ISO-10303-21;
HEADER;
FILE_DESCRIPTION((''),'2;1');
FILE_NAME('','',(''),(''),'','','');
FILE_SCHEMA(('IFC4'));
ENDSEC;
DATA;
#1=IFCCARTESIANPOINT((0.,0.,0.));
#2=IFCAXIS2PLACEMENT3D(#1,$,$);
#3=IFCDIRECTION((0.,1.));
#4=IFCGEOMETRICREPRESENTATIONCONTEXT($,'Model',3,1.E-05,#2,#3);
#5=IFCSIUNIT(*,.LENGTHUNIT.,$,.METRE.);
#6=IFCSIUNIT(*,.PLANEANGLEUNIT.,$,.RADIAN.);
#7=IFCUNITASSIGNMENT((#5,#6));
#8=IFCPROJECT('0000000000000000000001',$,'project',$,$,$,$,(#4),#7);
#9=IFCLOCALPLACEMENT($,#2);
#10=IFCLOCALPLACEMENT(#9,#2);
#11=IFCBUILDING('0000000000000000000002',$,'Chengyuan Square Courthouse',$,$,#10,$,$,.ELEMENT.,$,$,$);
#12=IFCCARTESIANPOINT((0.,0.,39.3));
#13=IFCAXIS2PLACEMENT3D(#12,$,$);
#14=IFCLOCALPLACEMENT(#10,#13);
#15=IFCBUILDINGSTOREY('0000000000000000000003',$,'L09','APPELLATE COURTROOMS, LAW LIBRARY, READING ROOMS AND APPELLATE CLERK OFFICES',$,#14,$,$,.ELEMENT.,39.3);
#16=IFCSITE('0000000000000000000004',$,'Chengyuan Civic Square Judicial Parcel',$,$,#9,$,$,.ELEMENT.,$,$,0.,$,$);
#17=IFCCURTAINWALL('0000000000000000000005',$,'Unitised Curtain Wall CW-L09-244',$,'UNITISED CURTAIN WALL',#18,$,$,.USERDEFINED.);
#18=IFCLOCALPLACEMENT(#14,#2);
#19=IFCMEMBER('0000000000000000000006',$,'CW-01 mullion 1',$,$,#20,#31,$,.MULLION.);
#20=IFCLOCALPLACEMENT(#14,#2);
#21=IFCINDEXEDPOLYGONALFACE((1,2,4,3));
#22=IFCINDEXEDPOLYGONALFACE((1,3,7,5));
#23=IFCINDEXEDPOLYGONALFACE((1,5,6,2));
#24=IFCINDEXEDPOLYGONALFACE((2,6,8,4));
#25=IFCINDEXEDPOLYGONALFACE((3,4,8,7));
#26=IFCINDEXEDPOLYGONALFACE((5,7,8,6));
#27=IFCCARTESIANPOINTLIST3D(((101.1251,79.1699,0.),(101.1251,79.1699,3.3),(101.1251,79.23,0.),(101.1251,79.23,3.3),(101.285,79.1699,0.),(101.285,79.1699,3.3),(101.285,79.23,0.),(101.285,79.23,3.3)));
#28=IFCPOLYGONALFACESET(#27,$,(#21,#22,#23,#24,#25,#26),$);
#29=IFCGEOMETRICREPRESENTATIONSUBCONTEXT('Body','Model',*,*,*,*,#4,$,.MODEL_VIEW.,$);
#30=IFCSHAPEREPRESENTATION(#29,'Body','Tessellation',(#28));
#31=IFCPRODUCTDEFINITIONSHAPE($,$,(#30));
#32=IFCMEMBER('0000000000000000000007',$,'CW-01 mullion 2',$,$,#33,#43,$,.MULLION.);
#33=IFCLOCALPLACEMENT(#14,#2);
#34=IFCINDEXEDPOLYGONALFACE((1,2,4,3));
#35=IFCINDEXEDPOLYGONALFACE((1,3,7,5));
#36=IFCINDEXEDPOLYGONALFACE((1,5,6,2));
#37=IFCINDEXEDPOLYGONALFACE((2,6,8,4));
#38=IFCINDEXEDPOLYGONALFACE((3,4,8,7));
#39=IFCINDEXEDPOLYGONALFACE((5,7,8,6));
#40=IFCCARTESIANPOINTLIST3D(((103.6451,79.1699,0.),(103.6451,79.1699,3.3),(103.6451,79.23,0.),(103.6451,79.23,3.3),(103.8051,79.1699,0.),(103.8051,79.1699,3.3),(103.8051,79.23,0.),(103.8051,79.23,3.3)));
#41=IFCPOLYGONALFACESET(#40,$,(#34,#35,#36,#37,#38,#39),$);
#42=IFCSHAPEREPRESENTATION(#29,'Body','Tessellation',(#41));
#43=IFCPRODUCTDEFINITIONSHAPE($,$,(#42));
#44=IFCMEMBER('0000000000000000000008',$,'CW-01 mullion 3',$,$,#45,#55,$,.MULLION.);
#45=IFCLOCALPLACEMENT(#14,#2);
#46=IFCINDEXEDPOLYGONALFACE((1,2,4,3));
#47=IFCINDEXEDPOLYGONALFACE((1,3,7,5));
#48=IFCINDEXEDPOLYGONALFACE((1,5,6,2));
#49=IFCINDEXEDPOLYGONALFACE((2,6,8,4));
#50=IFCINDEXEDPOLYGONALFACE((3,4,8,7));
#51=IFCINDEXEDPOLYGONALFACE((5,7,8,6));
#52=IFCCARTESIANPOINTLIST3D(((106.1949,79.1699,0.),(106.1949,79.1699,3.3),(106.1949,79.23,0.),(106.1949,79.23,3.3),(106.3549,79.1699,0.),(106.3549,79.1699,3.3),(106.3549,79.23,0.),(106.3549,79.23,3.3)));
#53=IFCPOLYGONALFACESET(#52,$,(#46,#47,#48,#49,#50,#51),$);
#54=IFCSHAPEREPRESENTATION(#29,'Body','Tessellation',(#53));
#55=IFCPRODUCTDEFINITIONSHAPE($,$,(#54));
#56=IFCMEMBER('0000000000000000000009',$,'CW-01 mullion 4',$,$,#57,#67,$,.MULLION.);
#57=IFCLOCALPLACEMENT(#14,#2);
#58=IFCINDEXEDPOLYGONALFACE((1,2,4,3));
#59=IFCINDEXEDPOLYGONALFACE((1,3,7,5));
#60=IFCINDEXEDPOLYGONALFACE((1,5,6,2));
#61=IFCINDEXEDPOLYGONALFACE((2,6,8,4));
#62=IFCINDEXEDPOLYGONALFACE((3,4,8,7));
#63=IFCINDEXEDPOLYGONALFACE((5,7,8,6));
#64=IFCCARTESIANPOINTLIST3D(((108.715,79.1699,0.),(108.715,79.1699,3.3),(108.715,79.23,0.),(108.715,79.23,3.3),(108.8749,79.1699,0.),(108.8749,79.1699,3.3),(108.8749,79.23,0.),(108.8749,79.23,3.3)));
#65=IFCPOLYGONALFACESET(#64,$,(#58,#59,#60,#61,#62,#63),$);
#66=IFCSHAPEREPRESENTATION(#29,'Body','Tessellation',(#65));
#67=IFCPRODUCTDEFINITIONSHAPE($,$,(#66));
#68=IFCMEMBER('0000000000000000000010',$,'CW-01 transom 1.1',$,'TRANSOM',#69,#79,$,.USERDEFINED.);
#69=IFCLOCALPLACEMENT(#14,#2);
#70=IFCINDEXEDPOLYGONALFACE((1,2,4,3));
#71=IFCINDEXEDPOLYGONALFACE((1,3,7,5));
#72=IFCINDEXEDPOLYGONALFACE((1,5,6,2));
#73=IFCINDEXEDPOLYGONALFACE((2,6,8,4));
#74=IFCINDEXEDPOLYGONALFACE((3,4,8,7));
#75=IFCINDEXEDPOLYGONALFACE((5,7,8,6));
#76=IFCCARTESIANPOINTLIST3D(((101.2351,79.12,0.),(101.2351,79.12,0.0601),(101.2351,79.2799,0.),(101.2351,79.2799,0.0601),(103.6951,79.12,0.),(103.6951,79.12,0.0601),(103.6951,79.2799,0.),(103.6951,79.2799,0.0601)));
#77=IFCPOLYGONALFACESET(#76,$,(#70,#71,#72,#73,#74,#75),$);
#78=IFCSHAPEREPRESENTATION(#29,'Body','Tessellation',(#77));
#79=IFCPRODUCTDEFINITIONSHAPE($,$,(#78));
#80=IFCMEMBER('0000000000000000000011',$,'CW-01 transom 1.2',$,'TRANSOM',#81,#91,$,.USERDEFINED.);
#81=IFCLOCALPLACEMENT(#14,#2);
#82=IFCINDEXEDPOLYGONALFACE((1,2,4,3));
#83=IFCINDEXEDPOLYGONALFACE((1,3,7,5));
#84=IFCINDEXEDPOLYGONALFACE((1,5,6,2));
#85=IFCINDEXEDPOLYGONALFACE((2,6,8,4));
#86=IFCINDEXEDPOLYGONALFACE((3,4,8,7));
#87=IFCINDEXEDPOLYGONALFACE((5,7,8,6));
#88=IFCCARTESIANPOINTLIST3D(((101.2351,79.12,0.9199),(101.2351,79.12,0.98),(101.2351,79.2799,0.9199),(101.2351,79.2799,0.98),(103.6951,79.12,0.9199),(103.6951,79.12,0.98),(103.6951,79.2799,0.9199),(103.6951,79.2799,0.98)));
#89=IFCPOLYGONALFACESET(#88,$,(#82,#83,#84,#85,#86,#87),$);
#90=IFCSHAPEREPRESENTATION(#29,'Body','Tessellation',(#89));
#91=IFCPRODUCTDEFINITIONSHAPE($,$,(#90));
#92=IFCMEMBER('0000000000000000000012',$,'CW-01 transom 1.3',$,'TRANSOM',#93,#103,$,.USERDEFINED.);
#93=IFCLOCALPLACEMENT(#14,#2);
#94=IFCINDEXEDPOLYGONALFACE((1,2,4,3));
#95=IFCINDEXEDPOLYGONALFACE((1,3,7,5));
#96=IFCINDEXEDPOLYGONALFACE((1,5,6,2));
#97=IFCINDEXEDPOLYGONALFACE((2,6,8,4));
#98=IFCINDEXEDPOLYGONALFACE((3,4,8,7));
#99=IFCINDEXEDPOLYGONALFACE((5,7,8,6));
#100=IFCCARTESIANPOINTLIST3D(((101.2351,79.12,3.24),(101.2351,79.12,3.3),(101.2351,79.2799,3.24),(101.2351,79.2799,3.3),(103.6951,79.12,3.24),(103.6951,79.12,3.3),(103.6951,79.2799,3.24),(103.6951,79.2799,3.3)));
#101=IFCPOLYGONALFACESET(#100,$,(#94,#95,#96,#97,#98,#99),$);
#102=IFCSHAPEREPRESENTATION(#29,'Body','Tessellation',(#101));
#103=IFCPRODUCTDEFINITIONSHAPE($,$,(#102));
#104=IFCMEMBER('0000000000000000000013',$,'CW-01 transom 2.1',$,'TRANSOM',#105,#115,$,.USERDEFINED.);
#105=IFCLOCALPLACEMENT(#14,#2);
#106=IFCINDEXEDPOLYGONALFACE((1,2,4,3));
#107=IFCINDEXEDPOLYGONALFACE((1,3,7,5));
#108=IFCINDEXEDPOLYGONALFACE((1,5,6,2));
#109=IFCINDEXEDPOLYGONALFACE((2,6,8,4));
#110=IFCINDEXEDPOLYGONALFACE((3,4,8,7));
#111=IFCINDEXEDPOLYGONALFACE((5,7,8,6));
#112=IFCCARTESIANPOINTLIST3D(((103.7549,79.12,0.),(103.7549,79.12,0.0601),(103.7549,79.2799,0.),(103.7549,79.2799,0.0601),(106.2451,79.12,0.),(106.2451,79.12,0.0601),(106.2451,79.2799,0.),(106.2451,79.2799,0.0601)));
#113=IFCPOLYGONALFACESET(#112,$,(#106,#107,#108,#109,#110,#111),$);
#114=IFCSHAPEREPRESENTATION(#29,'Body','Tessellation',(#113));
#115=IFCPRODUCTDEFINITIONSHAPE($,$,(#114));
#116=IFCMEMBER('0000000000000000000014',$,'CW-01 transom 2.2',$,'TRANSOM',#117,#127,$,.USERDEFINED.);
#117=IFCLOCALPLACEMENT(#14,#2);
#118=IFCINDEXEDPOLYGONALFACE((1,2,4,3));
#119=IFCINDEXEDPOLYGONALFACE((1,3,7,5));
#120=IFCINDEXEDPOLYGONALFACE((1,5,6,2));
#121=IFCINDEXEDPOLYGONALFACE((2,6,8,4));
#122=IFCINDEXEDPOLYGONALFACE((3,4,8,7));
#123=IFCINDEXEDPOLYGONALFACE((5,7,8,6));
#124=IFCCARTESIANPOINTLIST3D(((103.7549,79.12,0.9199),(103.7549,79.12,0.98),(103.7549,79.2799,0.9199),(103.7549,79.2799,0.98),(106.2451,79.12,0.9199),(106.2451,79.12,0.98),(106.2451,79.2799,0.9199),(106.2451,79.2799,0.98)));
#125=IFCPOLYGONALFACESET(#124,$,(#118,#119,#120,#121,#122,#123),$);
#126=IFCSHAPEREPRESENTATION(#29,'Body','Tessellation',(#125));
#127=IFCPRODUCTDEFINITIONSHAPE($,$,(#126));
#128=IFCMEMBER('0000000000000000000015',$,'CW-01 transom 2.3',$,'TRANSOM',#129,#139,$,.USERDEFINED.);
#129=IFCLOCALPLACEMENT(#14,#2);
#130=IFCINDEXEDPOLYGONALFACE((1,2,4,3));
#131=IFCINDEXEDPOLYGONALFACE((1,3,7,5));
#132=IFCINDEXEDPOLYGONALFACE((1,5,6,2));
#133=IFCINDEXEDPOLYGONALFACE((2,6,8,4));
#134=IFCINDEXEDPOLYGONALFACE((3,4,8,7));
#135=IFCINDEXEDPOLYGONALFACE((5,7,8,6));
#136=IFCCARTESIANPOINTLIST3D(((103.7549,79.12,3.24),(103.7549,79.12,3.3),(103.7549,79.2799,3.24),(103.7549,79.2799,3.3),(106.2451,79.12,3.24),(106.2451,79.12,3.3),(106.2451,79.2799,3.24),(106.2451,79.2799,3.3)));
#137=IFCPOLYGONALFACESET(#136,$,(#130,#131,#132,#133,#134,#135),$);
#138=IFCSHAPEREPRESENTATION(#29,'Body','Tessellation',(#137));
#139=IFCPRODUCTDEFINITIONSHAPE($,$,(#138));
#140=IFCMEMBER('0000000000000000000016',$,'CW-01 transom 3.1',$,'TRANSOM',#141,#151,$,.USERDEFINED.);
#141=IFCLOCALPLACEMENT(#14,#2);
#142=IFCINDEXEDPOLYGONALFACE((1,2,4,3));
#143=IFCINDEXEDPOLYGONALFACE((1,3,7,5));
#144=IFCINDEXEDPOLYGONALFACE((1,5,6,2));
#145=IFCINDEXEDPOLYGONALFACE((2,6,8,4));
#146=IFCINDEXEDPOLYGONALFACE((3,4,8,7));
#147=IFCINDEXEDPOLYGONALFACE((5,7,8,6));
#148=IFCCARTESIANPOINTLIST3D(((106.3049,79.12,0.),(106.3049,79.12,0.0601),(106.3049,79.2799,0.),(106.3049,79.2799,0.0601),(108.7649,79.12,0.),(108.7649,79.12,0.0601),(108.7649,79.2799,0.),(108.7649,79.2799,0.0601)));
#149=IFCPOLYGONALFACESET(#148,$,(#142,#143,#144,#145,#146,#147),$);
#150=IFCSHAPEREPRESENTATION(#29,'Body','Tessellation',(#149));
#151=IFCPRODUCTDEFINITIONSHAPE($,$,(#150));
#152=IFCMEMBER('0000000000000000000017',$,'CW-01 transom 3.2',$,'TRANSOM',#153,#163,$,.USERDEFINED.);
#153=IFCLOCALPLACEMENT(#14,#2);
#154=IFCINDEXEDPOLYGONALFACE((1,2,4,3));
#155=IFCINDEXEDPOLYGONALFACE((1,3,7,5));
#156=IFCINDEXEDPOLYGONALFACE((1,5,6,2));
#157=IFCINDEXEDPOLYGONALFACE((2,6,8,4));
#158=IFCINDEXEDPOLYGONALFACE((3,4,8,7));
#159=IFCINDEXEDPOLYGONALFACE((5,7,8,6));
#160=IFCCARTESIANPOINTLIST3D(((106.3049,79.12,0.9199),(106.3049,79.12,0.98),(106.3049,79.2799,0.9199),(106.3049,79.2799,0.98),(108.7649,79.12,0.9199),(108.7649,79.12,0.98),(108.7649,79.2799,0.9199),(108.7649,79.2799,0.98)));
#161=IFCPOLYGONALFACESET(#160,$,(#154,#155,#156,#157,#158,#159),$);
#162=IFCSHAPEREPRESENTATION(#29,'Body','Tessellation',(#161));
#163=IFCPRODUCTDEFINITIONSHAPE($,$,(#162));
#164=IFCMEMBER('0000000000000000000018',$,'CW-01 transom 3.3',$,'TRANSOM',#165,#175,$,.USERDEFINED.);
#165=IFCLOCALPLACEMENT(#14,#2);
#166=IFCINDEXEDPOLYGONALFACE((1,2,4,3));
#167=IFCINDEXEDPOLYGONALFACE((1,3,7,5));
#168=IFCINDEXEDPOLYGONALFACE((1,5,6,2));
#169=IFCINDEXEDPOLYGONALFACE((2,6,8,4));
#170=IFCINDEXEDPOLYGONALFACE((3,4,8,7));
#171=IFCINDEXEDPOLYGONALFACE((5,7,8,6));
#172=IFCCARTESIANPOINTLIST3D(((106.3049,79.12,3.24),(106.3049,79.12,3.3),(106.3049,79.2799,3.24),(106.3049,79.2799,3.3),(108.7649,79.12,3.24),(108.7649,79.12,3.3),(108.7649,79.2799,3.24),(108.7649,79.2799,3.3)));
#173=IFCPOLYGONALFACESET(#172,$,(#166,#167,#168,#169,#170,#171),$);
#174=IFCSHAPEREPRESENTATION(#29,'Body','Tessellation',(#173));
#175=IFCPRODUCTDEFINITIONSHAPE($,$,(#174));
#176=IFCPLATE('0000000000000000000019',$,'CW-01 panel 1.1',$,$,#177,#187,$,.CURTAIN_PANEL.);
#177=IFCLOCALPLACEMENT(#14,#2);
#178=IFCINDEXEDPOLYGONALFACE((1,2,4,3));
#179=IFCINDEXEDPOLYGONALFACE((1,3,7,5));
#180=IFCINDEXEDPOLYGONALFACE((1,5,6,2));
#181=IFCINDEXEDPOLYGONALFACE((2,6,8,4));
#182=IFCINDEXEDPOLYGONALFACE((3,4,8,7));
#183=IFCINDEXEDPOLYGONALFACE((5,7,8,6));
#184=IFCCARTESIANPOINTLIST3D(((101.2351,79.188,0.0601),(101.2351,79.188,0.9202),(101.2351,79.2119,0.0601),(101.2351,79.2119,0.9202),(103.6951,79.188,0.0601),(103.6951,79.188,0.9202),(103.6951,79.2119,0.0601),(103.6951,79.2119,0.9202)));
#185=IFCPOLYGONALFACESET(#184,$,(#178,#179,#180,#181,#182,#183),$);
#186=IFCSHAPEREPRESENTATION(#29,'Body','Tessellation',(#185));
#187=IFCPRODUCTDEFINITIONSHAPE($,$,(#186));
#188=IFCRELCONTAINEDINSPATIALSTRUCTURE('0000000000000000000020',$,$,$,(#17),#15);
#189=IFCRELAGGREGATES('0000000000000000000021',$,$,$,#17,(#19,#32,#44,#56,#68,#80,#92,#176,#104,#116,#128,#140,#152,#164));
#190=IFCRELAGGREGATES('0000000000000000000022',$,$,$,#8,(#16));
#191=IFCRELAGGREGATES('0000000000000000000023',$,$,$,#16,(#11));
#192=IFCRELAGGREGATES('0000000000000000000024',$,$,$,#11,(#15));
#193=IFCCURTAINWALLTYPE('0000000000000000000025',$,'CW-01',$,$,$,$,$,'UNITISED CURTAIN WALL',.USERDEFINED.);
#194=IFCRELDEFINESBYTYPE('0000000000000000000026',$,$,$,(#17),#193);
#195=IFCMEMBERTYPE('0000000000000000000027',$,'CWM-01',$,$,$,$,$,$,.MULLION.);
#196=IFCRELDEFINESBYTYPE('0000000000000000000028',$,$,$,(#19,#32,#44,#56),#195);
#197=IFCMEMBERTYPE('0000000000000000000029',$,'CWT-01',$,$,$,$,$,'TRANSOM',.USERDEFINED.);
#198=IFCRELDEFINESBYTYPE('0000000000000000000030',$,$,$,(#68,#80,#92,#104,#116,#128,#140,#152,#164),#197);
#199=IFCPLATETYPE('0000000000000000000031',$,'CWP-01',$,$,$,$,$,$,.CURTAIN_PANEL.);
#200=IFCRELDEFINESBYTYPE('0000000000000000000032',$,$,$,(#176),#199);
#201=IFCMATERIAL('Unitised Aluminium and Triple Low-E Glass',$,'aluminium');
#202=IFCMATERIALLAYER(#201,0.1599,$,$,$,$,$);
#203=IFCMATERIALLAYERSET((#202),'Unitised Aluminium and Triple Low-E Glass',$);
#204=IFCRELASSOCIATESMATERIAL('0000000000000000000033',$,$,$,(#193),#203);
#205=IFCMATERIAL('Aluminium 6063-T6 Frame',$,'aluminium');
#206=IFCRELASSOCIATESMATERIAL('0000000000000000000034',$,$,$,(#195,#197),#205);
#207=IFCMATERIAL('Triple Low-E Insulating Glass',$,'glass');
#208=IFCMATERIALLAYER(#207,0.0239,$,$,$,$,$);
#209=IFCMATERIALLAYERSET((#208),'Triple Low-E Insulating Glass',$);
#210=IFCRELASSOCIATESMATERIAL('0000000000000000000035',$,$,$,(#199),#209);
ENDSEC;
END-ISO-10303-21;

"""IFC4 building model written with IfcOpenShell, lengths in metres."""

from ifc_helpers import new_model, si_unit, direction, frame, origin, origin_2d, place, context, subcontext, project, spatial, rectangle, extrude, material, layer, layer_set, material_profile, profile_set, type_object, element, aggregate, save


model = new_model("IFC4")

# Units and contexts
model_context = context("Model", 3, precision=1e-05, world=origin(), true_north=direction((0.0, 1.0)))
body_context = subcontext(model_context, "Body", "Model", "MODEL_VIEW")
ifc_project = project(units=[si_unit("LENGTHUNIT", "METRE"), si_unit("PLANEANGLEUNIT", "RADIAN")], contexts=[model_context])

# Site, building, storey
site_placement = place(None, origin())
site = spatial("IfcSite", under=ifc_project, at=site_placement, Name="Chengyuan Civic Square Judicial Parcel", CompositionType="ELEMENT", RefElevation=0.0)
building_placement = place(site_placement, origin())
building = spatial("IfcBuilding", under=site, at=building_placement, Name="Chengyuan Square Courthouse", CompositionType="ELEMENT")
storey_placement = place(building_placement, frame((0.0, 0.0, 39.3)))
storey = spatial("IfcBuildingStorey", under=building, at=storey_placement, Name="L09", Description="APPELLATE COURTROOMS, LAW LIBRARY, READING ROOMS AND APPELLATE CLERK OFFICES", CompositionType="ELEMENT", Elevation=39.3)

# Curtain wall, members, plate
ifc_material_1 = material(Name="Unitised Aluminium and Triple Low-E Glass", Category="aluminium")
ifc_layer_1 = layer(ifc_material_1, 0.1599)
ifc_layer_set_1 = layer_set([ifc_layer_1], Name="Unitised Aluminium and Triple Low-E Glass")
curtain_wall_type = type_object("IfcCurtainWallType", Name="CW-01", ElementType="UNITISED CURTAIN WALL", PredefinedType="USERDEFINED", material=ifc_layer_set_1)
curtain_wall_placement = place(storey_placement, origin())
curtain_wall = element("IfcCurtainWall", 1, at=curtain_wall_placement, inside=storey, type_object=curtain_wall_type, Name="Unitised Curtain Wall CW-L09-244", ObjectType="UNITISED CURTAIN WALL", PredefinedType="USERDEFINED")
ifc_material_2 = material(Name="Aluminium 6063-T6 Frame", Category="aluminium")
ifc_material_profile_1 = material_profile(ifc_material_2, rectangle(XDim=0.0601, YDim=0.1599, at=origin_2d()), Name="CW-MUL-60x160")
ifc_profile_set_1 = profile_set([ifc_material_profile_1], Name="Aluminium 6063-T6 Frame")
member_type_1 = type_object("IfcMemberType", Name="CWM-01", PredefinedType="MULLION", material=ifc_profile_set_1)
member_1_placement = place(storey_placement, frame((101.2051, 79.2, 0.0), z_axis=(0.0, 0.0, 1.0), x_axis=(0.0, 1.0, 0.0)))
member_1 = element("IfcMember", 2, at=member_1_placement, type_object=member_type_1, Name="CW-01 mullion 1", PredefinedType="MULLION", context=body_context, shape_type="SweptSolid", body=[
    extrude(rectangle(XDim=0.0601, YDim=0.1599, at=origin_2d()), origin(), (0.0, 0.0, 1.0), 3.3),
])
member_2_placement = place(storey_placement, frame((103.7251, 79.2, 0.0), z_axis=(0.0, 0.0, 1.0), x_axis=(0.0, 1.0, 0.0)))
member_2 = element("IfcMember", 3, at=member_2_placement, type_object=member_type_1, Name="CW-01 mullion 2", PredefinedType="MULLION", context=body_context, shape_type="SweptSolid", body=[
    extrude(rectangle(XDim=0.0601, YDim=0.1599, at=origin_2d()), origin(), (0.0, 0.0, 1.0), 3.3),
])
member_3_placement = place(storey_placement, frame((106.2749, 79.2, 0.0), z_axis=(0.0, 0.0, 1.0), x_axis=(0.0, 1.0, 0.0)))
member_3 = element("IfcMember", 4, at=member_3_placement, type_object=member_type_1, Name="CW-01 mullion 3", PredefinedType="MULLION", context=body_context, shape_type="SweptSolid", body=[
    extrude(rectangle(XDim=0.0601, YDim=0.1599, at=origin_2d()), origin(), (0.0, 0.0, 1.0), 3.3),
])
member_4_placement = place(storey_placement, frame((108.7949, 79.2, 0.0), z_axis=(0.0, 0.0, 1.0), x_axis=(0.0, 1.0, 0.0)))
member_4 = element("IfcMember", 5, at=member_4_placement, type_object=member_type_1, Name="CW-01 mullion 4", PredefinedType="MULLION", context=body_context, shape_type="SweptSolid", body=[
    extrude(rectangle(XDim=0.0601, YDim=0.1599, at=origin_2d()), origin(), (0.0, 0.0, 1.0), 3.3),
])
ifc_material_profile_2 = material_profile(ifc_material_2, rectangle(XDim=0.1599, YDim=0.0601, at=origin_2d()), Name="CW-TRN-60x120")
ifc_profile_set_2 = profile_set([ifc_material_profile_2], Name="Aluminium 6063-T6 Frame")
member_type_2 = type_object("IfcMemberType", Name="CWT-01", ElementType="TRANSOM", PredefinedType="USERDEFINED", material=ifc_profile_set_2)
member_5_placement = place(storey_placement, frame((101.2351, 79.2, 0.03), z_axis=(1.0, 0.0, 0.0), x_axis=(0.0, 1.0, 0.0)))
member_5 = element("IfcMember", 6, at=member_5_placement, type_object=member_type_2, Name="CW-01 transom 1.1", ObjectType="TRANSOM", PredefinedType="USERDEFINED", context=body_context, shape_type="SweptSolid", body=[
    extrude(rectangle(XDim=0.1599, YDim=0.0601, at=origin_2d()), origin(), (0.0, 0.0, 1.0), 2.46),
])
member_6_placement = place(storey_placement, frame((101.2351, 79.2, 0.95), z_axis=(1.0, 0.0, 0.0), x_axis=(0.0, 1.0, 0.0)))
member_6 = element("IfcMember", 7, at=member_6_placement, type_object=member_type_2, Name="CW-01 transom 1.2", ObjectType="TRANSOM", PredefinedType="USERDEFINED", context=body_context, shape_type="SweptSolid", body=[
    extrude(rectangle(XDim=0.1599, YDim=0.0601, at=origin_2d()), origin(), (0.0, 0.0, 1.0), 2.46),
])
member_7_placement = place(storey_placement, frame((101.2351, 79.2, 3.27), z_axis=(1.0, 0.0, 0.0), x_axis=(0.0, 1.0, 0.0)))
member_7 = element("IfcMember", 8, at=member_7_placement, type_object=member_type_2, Name="CW-01 transom 1.3", ObjectType="TRANSOM", PredefinedType="USERDEFINED", context=body_context, shape_type="SweptSolid", body=[
    extrude(rectangle(XDim=0.1599, YDim=0.0601, at=origin_2d()), origin(), (0.0, 0.0, 1.0), 2.46),
])
member_8_placement = place(storey_placement, frame((103.7549, 79.2, 0.03), z_axis=(1.0, 0.0, 0.0), x_axis=(0.0, 1.0, 0.0)))
member_8 = element("IfcMember", 9, at=member_8_placement, type_object=member_type_2, Name="CW-01 transom 2.1", ObjectType="TRANSOM", PredefinedType="USERDEFINED", context=body_context, shape_type="SweptSolid", body=[
    extrude(rectangle(XDim=0.1599, YDim=0.0601, at=origin_2d()), origin(), (0.0, 0.0, 1.0), 2.4902),
])
member_9_placement = place(storey_placement, frame((103.7549, 79.2, 0.95), z_axis=(1.0, 0.0, 0.0), x_axis=(0.0, 1.0, 0.0)))
member_9 = element("IfcMember", 10, at=member_9_placement, type_object=member_type_2, Name="CW-01 transom 2.2", ObjectType="TRANSOM", PredefinedType="USERDEFINED", context=body_context, shape_type="SweptSolid", body=[
    extrude(rectangle(XDim=0.1599, YDim=0.0601, at=origin_2d()), origin(), (0.0, 0.0, 1.0), 2.4902),
])
member_10_placement = place(storey_placement, frame((103.7549, 79.2, 3.27), z_axis=(1.0, 0.0, 0.0), x_axis=(0.0, 1.0, 0.0)))
member_10 = element("IfcMember", 11, at=member_10_placement, type_object=member_type_2, Name="CW-01 transom 2.3", ObjectType="TRANSOM", PredefinedType="USERDEFINED", context=body_context, shape_type="SweptSolid", body=[
    extrude(rectangle(XDim=0.1599, YDim=0.0601, at=origin_2d()), origin(), (0.0, 0.0, 1.0), 2.4902),
])
member_11_placement = place(storey_placement, frame((106.3049, 79.2, 0.03), z_axis=(1.0, 0.0, 0.0), x_axis=(0.0, 1.0, 0.0)))
member_11 = element("IfcMember", 12, at=member_11_placement, type_object=member_type_2, Name="CW-01 transom 3.1", ObjectType="TRANSOM", PredefinedType="USERDEFINED", context=body_context, shape_type="SweptSolid", body=[
    extrude(rectangle(XDim=0.1599, YDim=0.0601, at=origin_2d()), origin(), (0.0, 0.0, 1.0), 2.46),
])
member_12_placement = place(storey_placement, frame((106.3049, 79.2, 0.95), z_axis=(1.0, 0.0, 0.0), x_axis=(0.0, 1.0, 0.0)))
member_12 = element("IfcMember", 13, at=member_12_placement, type_object=member_type_2, Name="CW-01 transom 3.2", ObjectType="TRANSOM", PredefinedType="USERDEFINED", context=body_context, shape_type="SweptSolid", body=[
    extrude(rectangle(XDim=0.1599, YDim=0.0601, at=origin_2d()), origin(), (0.0, 0.0, 1.0), 2.46),
])
member_13_placement = place(storey_placement, frame((106.3049, 79.2, 3.27), z_axis=(1.0, 0.0, 0.0), x_axis=(0.0, 1.0, 0.0)))
member_13 = element("IfcMember", 14, at=member_13_placement, type_object=member_type_2, Name="CW-01 transom 3.3", ObjectType="TRANSOM", PredefinedType="USERDEFINED", context=body_context, shape_type="SweptSolid", body=[
    extrude(rectangle(XDim=0.1599, YDim=0.0601, at=origin_2d()), origin(), (0.0, 0.0, 1.0), 2.46),
])
ifc_material_3 = material(Name="Triple Low-E Insulating Glass", Category="glass")
ifc_layer_2 = layer(ifc_material_3, 0.0239)
ifc_layer_set_2 = layer_set([ifc_layer_2], Name="Triple Low-E Insulating Glass")
plate_type = type_object("IfcPlateType", Name="CWP-01", PredefinedType="CURTAIN_PANEL", material=ifc_layer_set_2)
plate_1_placement = place(storey_placement, frame((102.4651, 79.2, 0.0601), z_axis=(0.0, 0.0, 1.0), x_axis=(1.0, 0.0, 0.0)))
plate_1 = element("IfcPlate", 15, at=plate_1_placement, type_object=plate_type, Name="CW-01 panel 1.1", PredefinedType="CURTAIN_PANEL", context=body_context, shape_type="SweptSolid", body=[
    extrude(rectangle(XDim=2.46, YDim=0.0239, at=origin_2d()), origin(), (0.0, 0.0, 1.0), 0.8601),
])
aggregate(curtain_wall, [member_1, member_2, member_3, member_4, member_5, member_6, member_7, plate_1, member_8, member_9, member_10, member_11, member_12, member_13])

save(model, "model.ifc")
